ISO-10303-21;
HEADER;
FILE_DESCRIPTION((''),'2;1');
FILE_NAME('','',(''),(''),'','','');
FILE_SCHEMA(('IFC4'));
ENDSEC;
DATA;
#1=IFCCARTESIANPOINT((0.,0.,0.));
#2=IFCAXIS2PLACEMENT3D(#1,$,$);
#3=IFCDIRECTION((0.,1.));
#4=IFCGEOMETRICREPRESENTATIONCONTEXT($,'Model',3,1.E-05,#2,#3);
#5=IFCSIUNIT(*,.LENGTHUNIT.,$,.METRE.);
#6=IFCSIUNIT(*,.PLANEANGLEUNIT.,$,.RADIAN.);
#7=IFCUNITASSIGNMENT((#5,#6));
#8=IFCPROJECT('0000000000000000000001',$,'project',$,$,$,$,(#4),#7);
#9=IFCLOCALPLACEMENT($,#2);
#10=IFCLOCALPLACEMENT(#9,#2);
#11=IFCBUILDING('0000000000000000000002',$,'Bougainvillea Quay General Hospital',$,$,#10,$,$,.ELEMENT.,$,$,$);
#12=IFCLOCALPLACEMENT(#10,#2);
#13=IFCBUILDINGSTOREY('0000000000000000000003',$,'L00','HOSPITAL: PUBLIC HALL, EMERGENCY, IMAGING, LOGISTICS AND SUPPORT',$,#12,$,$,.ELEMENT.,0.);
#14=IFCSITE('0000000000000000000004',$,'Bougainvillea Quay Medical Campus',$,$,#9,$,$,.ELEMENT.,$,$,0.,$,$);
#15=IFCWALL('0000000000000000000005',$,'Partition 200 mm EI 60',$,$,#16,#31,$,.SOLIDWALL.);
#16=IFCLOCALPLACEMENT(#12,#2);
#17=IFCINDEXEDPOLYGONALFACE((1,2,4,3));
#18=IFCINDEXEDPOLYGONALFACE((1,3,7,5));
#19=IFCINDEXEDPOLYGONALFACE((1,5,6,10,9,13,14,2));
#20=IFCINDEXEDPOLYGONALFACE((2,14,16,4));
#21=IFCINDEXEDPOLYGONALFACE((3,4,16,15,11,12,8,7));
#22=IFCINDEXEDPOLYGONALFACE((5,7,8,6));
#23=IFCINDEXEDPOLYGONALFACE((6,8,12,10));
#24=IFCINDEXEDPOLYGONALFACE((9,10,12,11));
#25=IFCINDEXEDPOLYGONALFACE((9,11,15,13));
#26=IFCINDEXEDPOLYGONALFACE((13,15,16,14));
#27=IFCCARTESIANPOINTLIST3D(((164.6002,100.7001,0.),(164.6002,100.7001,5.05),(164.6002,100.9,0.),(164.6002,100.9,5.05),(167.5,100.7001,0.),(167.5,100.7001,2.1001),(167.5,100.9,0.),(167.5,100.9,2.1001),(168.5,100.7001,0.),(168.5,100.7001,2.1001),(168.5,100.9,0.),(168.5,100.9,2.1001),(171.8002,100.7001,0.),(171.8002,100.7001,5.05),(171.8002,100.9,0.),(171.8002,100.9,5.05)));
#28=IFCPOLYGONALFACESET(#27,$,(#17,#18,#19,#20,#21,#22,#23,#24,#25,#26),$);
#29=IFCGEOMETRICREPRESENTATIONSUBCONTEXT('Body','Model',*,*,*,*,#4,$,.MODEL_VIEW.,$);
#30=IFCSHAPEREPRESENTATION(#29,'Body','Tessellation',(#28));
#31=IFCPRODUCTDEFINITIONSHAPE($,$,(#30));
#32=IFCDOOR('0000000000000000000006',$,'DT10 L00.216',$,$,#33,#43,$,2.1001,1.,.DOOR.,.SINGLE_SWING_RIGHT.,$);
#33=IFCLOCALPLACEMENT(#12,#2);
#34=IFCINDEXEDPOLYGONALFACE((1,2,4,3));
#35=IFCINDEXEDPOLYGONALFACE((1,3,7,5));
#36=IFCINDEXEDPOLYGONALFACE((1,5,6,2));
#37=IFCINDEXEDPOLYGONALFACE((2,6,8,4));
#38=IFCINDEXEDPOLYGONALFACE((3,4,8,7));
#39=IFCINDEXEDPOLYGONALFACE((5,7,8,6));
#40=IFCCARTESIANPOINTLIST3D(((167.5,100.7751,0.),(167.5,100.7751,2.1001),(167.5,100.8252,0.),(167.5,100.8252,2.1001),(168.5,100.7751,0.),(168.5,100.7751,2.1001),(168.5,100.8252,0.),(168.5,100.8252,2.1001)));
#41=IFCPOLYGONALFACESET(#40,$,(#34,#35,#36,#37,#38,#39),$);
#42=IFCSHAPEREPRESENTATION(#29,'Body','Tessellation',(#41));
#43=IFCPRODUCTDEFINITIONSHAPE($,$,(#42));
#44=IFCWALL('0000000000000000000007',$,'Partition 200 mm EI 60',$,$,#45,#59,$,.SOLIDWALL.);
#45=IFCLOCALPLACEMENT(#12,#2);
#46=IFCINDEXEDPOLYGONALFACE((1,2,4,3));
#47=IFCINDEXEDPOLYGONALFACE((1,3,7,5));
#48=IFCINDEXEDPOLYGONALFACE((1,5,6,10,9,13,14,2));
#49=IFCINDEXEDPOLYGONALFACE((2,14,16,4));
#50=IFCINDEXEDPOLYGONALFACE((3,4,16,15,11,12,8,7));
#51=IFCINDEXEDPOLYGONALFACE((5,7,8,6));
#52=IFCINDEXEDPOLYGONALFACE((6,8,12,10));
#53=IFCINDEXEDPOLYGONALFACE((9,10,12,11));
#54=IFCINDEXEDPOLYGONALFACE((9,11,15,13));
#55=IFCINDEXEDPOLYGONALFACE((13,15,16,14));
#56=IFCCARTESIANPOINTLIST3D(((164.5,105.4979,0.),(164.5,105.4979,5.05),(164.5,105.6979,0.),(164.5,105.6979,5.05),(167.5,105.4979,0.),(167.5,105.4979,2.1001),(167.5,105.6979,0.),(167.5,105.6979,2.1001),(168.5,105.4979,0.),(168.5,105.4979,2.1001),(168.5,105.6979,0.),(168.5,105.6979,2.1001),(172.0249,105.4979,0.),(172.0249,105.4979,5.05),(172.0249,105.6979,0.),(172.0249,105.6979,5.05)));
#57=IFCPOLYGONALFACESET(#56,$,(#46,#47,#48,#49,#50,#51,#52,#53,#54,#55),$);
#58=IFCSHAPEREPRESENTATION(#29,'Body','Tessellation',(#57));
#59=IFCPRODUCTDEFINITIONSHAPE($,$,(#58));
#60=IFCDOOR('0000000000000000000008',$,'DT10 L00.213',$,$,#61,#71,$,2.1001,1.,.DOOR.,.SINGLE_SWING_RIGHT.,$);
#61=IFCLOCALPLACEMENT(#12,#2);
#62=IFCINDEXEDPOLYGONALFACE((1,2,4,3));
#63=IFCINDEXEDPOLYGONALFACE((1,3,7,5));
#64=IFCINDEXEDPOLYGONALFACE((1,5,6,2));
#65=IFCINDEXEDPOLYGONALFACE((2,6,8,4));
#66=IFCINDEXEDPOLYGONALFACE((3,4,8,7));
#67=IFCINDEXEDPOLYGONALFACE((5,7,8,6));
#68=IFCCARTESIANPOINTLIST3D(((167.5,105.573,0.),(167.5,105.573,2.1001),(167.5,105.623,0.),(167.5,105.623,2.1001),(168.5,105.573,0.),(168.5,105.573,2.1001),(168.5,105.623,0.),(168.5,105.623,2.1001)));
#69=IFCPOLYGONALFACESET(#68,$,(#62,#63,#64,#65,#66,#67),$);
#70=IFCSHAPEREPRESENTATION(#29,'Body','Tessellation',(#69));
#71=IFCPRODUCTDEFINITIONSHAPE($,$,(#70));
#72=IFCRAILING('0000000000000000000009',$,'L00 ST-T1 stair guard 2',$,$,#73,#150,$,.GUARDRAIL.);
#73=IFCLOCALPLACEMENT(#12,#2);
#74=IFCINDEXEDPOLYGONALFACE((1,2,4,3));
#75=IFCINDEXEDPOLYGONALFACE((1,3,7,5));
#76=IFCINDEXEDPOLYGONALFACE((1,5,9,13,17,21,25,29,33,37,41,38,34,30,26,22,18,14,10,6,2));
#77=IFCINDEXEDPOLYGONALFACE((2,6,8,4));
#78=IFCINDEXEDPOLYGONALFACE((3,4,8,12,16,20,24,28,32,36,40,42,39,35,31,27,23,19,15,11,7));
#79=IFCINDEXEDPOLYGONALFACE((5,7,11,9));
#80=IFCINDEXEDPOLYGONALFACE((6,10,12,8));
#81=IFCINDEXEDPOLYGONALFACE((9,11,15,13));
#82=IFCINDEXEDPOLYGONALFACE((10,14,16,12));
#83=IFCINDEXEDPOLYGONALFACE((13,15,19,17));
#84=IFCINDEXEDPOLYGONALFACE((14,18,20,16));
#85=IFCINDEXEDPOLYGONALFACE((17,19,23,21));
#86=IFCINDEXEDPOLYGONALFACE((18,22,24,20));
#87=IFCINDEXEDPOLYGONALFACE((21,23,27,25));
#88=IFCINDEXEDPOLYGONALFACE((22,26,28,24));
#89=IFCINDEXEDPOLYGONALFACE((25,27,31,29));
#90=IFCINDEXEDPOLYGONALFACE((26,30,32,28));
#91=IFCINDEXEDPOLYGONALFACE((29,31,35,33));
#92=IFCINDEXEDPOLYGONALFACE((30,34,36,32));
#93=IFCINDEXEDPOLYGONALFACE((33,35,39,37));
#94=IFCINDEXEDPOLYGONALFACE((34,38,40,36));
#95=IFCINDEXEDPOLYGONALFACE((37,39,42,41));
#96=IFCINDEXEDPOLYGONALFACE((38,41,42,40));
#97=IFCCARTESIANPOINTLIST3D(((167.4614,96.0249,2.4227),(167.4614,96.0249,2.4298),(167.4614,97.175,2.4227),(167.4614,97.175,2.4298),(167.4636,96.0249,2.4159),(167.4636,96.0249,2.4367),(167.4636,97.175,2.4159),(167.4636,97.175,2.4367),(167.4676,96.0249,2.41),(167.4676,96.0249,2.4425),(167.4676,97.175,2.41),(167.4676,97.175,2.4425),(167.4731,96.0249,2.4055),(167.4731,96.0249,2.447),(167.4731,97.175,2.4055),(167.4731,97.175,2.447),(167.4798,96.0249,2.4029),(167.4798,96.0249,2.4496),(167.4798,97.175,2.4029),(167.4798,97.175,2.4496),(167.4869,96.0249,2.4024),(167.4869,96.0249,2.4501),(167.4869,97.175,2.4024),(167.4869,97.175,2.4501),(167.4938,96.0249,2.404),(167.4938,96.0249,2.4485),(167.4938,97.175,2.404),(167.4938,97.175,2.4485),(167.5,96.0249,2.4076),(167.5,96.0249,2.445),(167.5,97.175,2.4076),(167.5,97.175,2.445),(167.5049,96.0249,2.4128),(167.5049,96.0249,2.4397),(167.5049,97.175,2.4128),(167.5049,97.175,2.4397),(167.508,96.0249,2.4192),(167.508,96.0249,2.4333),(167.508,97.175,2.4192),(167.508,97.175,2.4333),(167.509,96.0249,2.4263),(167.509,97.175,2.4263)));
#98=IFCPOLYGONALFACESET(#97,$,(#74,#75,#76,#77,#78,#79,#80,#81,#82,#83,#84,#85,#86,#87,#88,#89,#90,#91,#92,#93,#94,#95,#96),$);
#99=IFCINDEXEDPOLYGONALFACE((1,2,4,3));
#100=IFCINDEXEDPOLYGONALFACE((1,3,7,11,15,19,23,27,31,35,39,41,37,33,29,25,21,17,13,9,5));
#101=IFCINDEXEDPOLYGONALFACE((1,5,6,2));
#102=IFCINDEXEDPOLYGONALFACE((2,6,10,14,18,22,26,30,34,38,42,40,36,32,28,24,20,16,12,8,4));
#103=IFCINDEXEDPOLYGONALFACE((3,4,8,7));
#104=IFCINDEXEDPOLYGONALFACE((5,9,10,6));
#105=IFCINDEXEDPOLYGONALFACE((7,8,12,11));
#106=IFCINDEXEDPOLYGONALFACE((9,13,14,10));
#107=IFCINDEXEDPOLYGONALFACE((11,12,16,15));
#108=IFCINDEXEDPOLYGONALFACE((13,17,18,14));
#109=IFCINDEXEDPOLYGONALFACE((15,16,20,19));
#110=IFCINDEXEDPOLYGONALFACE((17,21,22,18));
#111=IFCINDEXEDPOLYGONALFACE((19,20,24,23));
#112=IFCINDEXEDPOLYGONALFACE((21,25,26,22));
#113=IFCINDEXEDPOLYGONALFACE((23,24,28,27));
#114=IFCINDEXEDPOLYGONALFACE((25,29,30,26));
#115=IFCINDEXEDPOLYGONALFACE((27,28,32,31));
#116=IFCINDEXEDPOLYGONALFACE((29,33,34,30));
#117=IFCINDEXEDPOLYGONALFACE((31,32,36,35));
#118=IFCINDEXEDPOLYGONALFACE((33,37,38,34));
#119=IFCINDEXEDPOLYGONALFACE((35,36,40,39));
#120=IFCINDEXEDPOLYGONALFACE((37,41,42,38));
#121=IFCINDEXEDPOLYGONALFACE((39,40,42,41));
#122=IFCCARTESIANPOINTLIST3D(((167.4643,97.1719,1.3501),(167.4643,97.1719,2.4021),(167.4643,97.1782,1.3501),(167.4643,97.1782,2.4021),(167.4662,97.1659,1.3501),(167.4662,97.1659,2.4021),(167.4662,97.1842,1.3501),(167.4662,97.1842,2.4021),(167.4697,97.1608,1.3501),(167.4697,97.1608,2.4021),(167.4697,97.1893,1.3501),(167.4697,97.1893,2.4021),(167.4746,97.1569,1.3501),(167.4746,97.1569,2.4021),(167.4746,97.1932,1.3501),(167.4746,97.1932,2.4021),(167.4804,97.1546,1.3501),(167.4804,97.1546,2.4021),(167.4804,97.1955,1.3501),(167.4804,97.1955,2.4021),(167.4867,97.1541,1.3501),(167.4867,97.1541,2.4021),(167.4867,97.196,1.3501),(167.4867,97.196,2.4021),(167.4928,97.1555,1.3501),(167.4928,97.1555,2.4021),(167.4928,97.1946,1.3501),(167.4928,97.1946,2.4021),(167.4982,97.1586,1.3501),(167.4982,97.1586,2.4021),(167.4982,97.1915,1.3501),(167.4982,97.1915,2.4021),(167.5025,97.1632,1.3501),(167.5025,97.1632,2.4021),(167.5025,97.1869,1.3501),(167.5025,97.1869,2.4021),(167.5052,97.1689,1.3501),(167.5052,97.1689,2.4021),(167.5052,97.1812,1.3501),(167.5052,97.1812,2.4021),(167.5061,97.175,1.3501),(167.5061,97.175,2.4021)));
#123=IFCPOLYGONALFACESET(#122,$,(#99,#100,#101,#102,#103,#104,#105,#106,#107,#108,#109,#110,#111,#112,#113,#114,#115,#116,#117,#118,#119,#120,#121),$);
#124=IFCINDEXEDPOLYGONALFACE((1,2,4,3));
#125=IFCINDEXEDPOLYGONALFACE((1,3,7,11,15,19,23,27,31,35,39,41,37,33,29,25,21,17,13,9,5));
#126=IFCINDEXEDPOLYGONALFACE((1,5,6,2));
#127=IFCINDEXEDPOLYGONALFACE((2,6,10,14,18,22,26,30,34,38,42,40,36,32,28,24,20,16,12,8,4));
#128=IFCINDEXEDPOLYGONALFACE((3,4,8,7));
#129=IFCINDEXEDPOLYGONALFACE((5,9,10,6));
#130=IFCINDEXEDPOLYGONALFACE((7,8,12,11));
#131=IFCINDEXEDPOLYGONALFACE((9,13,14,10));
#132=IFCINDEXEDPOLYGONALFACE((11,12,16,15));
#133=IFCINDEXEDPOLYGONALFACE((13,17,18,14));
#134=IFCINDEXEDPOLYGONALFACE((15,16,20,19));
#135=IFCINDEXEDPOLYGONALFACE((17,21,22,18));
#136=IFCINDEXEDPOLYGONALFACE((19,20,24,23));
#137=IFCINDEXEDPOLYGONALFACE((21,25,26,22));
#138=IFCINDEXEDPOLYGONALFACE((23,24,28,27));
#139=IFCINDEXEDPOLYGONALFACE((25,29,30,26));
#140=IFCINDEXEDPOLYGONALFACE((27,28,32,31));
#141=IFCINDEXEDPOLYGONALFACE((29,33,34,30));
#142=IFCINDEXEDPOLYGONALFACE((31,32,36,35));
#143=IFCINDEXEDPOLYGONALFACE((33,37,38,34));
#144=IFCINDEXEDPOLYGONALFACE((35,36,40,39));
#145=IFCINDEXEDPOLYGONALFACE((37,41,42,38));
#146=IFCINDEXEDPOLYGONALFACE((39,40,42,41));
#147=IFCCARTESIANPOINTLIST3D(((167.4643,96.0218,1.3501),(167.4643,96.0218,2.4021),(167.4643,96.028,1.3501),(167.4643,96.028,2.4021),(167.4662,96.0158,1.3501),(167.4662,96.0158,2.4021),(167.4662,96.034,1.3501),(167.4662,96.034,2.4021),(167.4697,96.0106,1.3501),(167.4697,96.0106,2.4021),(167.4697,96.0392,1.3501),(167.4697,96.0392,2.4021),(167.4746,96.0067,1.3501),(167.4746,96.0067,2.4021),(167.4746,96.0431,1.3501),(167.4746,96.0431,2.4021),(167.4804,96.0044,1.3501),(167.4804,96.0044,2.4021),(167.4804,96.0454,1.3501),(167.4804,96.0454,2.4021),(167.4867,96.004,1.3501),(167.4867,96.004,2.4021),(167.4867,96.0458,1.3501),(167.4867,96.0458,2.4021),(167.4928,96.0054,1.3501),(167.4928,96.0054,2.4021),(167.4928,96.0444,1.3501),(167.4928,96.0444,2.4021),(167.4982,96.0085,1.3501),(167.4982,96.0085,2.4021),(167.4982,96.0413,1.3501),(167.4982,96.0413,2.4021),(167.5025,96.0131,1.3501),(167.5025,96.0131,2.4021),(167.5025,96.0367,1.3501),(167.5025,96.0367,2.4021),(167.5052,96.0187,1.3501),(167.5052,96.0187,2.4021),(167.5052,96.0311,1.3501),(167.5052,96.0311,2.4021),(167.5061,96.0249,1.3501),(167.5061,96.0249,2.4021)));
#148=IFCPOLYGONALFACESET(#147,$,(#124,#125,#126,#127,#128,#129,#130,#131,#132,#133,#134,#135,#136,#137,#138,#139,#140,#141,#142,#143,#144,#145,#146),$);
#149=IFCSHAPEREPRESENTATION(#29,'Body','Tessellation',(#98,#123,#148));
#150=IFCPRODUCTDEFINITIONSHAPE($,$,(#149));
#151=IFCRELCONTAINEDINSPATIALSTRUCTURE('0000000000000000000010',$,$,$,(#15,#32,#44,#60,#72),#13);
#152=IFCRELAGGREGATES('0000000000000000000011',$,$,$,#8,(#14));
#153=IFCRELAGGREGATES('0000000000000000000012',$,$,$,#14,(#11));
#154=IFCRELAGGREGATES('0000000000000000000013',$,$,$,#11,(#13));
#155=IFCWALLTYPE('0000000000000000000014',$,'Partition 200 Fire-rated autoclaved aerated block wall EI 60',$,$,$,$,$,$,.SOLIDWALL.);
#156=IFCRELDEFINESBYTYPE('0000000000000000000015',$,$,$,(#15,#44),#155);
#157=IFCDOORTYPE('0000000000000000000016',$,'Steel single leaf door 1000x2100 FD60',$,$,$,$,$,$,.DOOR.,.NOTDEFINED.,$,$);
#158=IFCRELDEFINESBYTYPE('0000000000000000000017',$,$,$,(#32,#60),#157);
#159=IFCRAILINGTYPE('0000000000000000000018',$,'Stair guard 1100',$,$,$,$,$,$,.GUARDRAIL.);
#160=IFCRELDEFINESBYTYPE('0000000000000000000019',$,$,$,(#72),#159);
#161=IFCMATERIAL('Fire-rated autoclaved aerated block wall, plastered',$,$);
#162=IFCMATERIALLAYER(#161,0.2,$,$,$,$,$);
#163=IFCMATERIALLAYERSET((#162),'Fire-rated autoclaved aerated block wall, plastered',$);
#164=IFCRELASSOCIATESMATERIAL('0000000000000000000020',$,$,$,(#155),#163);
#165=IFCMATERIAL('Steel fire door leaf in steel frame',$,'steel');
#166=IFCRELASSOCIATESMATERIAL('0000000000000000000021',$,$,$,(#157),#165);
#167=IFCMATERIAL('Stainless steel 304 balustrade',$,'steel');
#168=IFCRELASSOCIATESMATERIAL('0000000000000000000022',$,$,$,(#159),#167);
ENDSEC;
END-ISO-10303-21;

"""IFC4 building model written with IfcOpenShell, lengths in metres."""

from ifc_helpers import new_model, si_unit, direction, frame, frame_2d, origin, origin_2d, place, context, subcontext, project, spatial, rectangle, circle, extrude, material, layer, layer_set, type_object, element, fill, save


model = new_model("IFC4")

# Units and contexts
model_context = context("Model", 3, precision=1e-05, world=origin(), true_north=direction((0.0, 1.0)))
body_context = subcontext(model_context, "Body", "Model", "MODEL_VIEW")
ifc_project = project(units=[si_unit("LENGTHUNIT", "METRE"), si_unit("PLANEANGLEUNIT", "RADIAN")], contexts=[model_context])

# Site, building, storey
site_placement = place(None, origin())
site = spatial("IfcSite", under=ifc_project, at=site_placement, Name="Bougainvillea Quay Medical Campus", CompositionType="ELEMENT", RefElevation=0.0)
building_placement = place(site_placement, origin())
building = spatial("IfcBuilding", under=site, at=building_placement, Name="Bougainvillea Quay General Hospital", CompositionType="ELEMENT")
storey_placement = place(building_placement, origin())
storey = spatial("IfcBuildingStorey", under=building, at=storey_placement, Name="L00", Description="HOSPITAL: PUBLIC HALL, EMERGENCY, IMAGING, LOGISTICS AND SUPPORT", CompositionType="ELEMENT", Elevation=0.0)

# Shared definitions
ifc_material_1 = material(Name="Fire-rated autoclaved aerated block wall, plastered")
ifc_layer_1 = layer(ifc_material_1, 0.2)
ifc_layer_set_1 = layer_set([ifc_layer_1], Name="Fire-rated autoclaved aerated block wall, plastered")
wall_type_1 = type_object("IfcWallType", Name="Partition 200 Fire-rated autoclaved aerated block wall EI 60", PredefinedType="SOLIDWALL", material=ifc_layer_set_1)

# Walls, openings, doors
wall_1_placement = place(storey_placement, frame((164.6001, 100.8, 0.0), z_axis=(0.0, 0.0, 1.0), x_axis=(1.0, 0.0, 0.0)))
wall_1 = element("IfcWall", 1, at=wall_1_placement, inside=storey, type_object=wall_type_1, Name="Partition 200 mm EI 60", PredefinedType="SOLIDWALL", context=body_context, shape_type="SweptSolid", body=[
    extrude(rectangle(XDim=7.2, YDim=0.2, at=frame_2d((3.6001, 0.0))), origin(), (0.0, 0.0, 1.0), 5.05),
])
opening_1_placement = place(wall_1_placement, frame((2.8999, 0.0, 0.0)))
opening_1 = element("IfcOpeningElement", 2, at=opening_1_placement, cuts=wall_1, PredefinedType="OPENING", context=body_context, shape_type="SweptSolid", body=[
    extrude(rectangle(XDim=1.0, YDim=2.1001, at=frame_2d((0.5, 1.05))), frame((0.0, 0.1099, 0.0), z_axis=(0.0, -1.0, 0.0), x_axis=(1.0, 0.0, 0.0)), (0.0, 0.0, 1.0), 0.22),
])
ifc_material_2 = material(Name="Steel fire door leaf in steel frame", Category="steel")
door_type = type_object("IfcDoorType", Name="Steel single leaf door 1000x2100 FD60", OperationType="NOTDEFINED", PredefinedType="DOOR", material=ifc_material_2)
door_1_placement = place(opening_1_placement, frame((1.0, 0.0, 0.0), z_axis=(0.0, 0.0, 1.0), x_axis=(-1.0, 0.0, 0.0)))
door_1 = element("IfcDoor", 3, at=door_1_placement, inside=storey, type_object=door_type, Name="DT10 L00.216", OperationType="SINGLE_SWING_RIGHT", OverallHeight=2.1001, OverallWidth=1.0, PredefinedType="DOOR", context=body_context, shape_type="SweptSolid", body=[
    extrude(rectangle(XDim=1.0, YDim=2.1001, at=frame_2d((0.5, 1.05))), frame((0.0, 0.0249, 0.0), z_axis=(0.0, -1.0, 0.0), x_axis=(1.0, 0.0, 0.0)), (0.0, 0.0, 1.0), 0.05),
])
fill(opening_1, door_1)
wall_2_placement = place(storey_placement, frame((164.5, 105.5979, 0.0), z_axis=(0.0, 0.0, 1.0), x_axis=(1.0, 0.0, 0.0)))
wall_2 = element("IfcWall", 4, at=wall_2_placement, inside=storey, type_object=wall_type_1, Name="Partition 200 mm EI 60", PredefinedType="SOLIDWALL", context=body_context, shape_type="SweptSolid", body=[
    extrude(rectangle(XDim=7.5249, YDim=0.2, at=frame_2d((3.7625, 0.0))), origin(), (0.0, 0.0, 1.0), 5.05),
])
opening_2_placement = place(wall_2_placement, frame((3.0, 0.0, 0.0)))
opening_2 = element("IfcOpeningElement", 5, at=opening_2_placement, cuts=wall_2, PredefinedType="OPENING", context=body_context, shape_type="SweptSolid", body=[
    extrude(rectangle(XDim=1.0, YDim=2.1001, at=frame_2d((0.5, 1.05))), frame((0.0, 0.1099, 0.0), z_axis=(0.0, -1.0, 0.0), x_axis=(1.0, 0.0, 0.0)), (0.0, 0.0, 1.0), 0.22),
])
door_2_placement = place(opening_2_placement, frame((1.0, 0.0, 0.0), z_axis=(0.0, 0.0, 1.0), x_axis=(-1.0, 0.0, 0.0)))
door_2 = element("IfcDoor", 6, at=door_2_placement, inside=storey, type_object=door_type, Name="DT10 L00.213", OperationType="SINGLE_SWING_RIGHT", OverallHeight=2.1001, OverallWidth=1.0, PredefinedType="DOOR", context=body_context, shape_type="SweptSolid", body=[
    extrude(rectangle(XDim=1.0, YDim=2.1001, at=frame_2d((0.5, 1.05))), frame((0.0, 0.0249, 0.0), z_axis=(0.0, -1.0, 0.0), x_axis=(1.0, 0.0, 0.0)), (0.0, 0.0, 1.0), 0.05),
])
fill(opening_2, door_2)

# Railing
ifc_material_3 = material(Name="Stainless steel 304 balustrade", Category="steel")
railing_type_1 = type_object("IfcRailingType", Name="Stair guard 1100", PredefinedType="GUARDRAIL", material=ifc_material_3)
railing_1_placement = place(storey_placement, frame((167.4851, 97.175, 1.3501)))
element("IfcRailing", 7, at=railing_1_placement, inside=storey, type_object=railing_type_1, Name="L00 ST-T1 stair guard 2", PredefinedType="GUARDRAIL", context=body_context, shape_type="SweptSolid", body=[
    extrude(circle(Radius=0.0239, at=origin_2d()), frame((0.0, 0.0, 1.0762), z_axis=(0.0, -1.0, 0.0), x_axis=(1.0, 0.0, 0.0)), (0.0, 0.0, 1.0), 1.1501),
    extrude(circle(Radius=0.021, at=origin_2d()), origin(), (0.0, 0.0, 1.0), 1.052),
    extrude(circle(Radius=0.021, at=origin_2d()), frame((0.0, -1.1501, 0.0)), (0.0, 0.0, 1.0), 1.052),
])

save(model, "model.ifc")
